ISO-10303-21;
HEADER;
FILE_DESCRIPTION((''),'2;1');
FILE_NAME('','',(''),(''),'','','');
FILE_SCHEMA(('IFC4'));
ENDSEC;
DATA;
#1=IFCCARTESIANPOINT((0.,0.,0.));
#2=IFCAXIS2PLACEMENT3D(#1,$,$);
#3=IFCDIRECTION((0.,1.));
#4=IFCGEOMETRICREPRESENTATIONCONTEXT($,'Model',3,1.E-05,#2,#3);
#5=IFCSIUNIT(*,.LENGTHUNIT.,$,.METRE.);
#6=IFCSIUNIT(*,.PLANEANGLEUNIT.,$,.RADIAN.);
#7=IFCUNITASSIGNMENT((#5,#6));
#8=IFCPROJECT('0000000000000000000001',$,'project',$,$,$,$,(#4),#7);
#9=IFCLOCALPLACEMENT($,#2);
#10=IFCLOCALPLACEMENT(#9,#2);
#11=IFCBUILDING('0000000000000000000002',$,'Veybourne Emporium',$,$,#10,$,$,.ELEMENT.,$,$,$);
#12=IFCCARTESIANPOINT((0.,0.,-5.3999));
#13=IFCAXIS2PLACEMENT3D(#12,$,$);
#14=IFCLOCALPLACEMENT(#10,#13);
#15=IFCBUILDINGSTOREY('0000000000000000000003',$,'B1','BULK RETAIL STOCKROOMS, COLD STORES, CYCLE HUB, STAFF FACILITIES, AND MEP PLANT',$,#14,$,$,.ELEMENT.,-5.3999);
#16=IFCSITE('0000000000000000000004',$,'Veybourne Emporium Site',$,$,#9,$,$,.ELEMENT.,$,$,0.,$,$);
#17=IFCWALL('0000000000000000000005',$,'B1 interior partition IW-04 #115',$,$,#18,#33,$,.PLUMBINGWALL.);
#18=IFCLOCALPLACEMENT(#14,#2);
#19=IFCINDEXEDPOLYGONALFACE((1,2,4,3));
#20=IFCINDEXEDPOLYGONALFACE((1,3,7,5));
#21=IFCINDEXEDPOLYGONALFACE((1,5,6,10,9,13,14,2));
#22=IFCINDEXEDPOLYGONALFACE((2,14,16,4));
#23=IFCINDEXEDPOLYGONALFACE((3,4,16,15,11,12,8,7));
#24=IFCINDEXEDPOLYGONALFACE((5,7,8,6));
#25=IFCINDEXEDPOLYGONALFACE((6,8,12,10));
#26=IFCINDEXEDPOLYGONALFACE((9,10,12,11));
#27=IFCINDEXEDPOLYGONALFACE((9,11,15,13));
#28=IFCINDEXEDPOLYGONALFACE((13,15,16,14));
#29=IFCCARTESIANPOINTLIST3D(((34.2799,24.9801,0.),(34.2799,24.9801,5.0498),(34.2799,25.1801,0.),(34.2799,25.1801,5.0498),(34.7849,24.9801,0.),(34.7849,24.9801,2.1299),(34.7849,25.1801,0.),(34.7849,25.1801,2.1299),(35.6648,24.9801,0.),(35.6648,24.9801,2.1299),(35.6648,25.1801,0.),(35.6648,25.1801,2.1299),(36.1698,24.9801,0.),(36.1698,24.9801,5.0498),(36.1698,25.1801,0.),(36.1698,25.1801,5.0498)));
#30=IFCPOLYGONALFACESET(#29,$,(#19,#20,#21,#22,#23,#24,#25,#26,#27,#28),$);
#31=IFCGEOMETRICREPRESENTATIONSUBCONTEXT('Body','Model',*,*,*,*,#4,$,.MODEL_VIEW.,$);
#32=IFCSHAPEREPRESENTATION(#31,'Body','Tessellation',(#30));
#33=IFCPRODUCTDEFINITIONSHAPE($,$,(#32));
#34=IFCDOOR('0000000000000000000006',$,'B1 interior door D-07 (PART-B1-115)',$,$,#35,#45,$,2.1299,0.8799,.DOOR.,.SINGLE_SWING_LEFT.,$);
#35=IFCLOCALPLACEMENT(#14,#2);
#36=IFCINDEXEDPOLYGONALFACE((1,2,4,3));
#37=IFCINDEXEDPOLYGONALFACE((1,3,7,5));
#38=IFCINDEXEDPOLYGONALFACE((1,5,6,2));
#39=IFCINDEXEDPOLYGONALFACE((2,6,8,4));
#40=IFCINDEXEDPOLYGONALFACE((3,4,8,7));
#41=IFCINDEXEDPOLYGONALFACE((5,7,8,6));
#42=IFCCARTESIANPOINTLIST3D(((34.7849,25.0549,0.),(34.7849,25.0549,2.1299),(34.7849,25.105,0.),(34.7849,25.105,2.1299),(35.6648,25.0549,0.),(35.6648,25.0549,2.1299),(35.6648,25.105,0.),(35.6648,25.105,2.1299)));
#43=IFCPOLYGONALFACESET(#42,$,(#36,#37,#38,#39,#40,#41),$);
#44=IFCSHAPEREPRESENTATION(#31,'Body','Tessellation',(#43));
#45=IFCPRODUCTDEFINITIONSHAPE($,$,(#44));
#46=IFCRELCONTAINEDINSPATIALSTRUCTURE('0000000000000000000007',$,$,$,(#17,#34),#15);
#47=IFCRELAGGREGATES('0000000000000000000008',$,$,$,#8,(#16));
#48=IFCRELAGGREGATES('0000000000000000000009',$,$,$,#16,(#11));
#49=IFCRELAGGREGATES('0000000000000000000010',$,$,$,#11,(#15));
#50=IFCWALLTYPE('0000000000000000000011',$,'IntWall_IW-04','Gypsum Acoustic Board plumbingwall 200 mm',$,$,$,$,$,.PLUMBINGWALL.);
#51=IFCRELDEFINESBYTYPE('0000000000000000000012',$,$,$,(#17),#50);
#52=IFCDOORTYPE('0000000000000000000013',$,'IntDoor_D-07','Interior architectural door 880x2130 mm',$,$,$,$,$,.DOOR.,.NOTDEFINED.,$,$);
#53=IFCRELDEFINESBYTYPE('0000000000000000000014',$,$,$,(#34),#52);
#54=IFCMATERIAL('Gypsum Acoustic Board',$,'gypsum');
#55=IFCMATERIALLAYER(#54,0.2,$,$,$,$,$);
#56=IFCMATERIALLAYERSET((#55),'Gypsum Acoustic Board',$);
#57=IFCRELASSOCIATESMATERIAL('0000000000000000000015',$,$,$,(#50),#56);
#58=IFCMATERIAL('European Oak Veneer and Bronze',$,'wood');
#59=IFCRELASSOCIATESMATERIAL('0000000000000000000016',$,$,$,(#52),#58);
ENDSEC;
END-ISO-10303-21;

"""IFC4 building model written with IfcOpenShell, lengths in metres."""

from ifc_helpers import new_model, si_unit, direction, frame, frame_2d, origin, place, context, subcontext, project, spatial, rectangle, extrude, material, layer, layer_set, type_object, element, fill, save


model = new_model("IFC4")

# Units and contexts
model_context = context("Model", 3, precision=1e-05, world=origin(), true_north=direction((0.0, 1.0)))
body_context = subcontext(model_context, "Body", "Model", "MODEL_VIEW")
ifc_project = project(units=[si_unit("LENGTHUNIT", "METRE"), si_unit("PLANEANGLEUNIT", "RADIAN")], contexts=[model_context])

# Site, building, storey
site_placement = place(None, origin())
site = spatial("IfcSite", under=ifc_project, at=site_placement, Name="Veybourne Emporium Site", CompositionType="ELEMENT", RefElevation=0.0)
building_placement = place(site_placement, origin())
building = spatial("IfcBuilding", under=site, at=building_placement, Name="Veybourne Emporium", CompositionType="ELEMENT")
storey_placement = place(building_placement, frame((0.0, 0.0, -5.3999)))
storey = spatial("IfcBuildingStorey", under=building, at=storey_placement, Name="B1", Description="BULK RETAIL STOCKROOMS, COLD STORES, CYCLE HUB, STAFF FACILITIES, AND MEP PLANT", CompositionType="ELEMENT", Elevation=-5.3999)

# Wall, opening, door
ifc_material_1 = material(Name="Gypsum Acoustic Board", Category="gypsum")
ifc_material_2 = material(Name="European Oak Veneer and Bronze", Category="wood")
ifc_layer_1 = layer(ifc_material_1, 0.2)
ifc_layer_set_1 = layer_set([ifc_layer_1], Name="Gypsum Acoustic Board")
wall_type_1 = type_object("IfcWallType", Name="IntWall_IW-04", Description="Gypsum Acoustic Board plumbingwall 200 mm", PredefinedType="PLUMBINGWALL", material=ifc_layer_set_1)
wall_1_placement = place(storey_placement, frame((34.28, 25.0801, 0.0), z_axis=(0.0, 0.0, 1.0), x_axis=(1.0, 0.0, 0.0)))
wall_1 = element("IfcWall", 1, at=wall_1_placement, inside=storey, type_object=wall_type_1, Name="B1 interior partition IW-04 #115", PredefinedType="PLUMBINGWALL", context=body_context, shape_type="SweptSolid", body=[
    extrude(rectangle(XDim=1.8899, YDim=0.2, at=frame_2d((0.9448, 0.0))), origin(), (0.0, 0.0, 1.0), 5.0498),
])
opening_1_placement = place(wall_1_placement, frame((0.5049, 0.0, 0.0)))
opening_1 = element("IfcOpeningElement", 2, at=opening_1_placement, cuts=wall_1, PredefinedType="OPENING", context=body_context, shape_type="SweptSolid", body=[
    extrude(rectangle(XDim=0.8799, YDim=2.1299, at=frame_2d((0.4399, 1.0649))), frame((0.0, 0.1201, 0.0), z_axis=(0.0, -1.0, 0.0), x_axis=(1.0, 0.0, 0.0)), (0.0, 0.0, 1.0), 0.24),
])
door_type_1 = type_object("IfcDoorType", Name="IntDoor_D-07", Description="Interior architectural door 880x2130 mm", OperationType="NOTDEFINED", PredefinedType="DOOR", material=ifc_material_2)
door_1_placement = place(opening_1_placement, origin())
door_1 = element("IfcDoor", 3, at=door_1_placement, inside=storey, type_object=door_type_1, Name="B1 interior door D-07 (PART-B1-115)", OperationType="SINGLE_SWING_LEFT", OverallHeight=2.1299, OverallWidth=0.8799, PredefinedType="DOOR", context=body_context, shape_type="SweptSolid", body=[
    extrude(rectangle(XDim=0.8799, YDim=2.1299, at=frame_2d((0.4399, 1.0649))), frame((0.0, 0.0249, 0.0), z_axis=(0.0, -1.0, 0.0), x_axis=(1.0, 0.0, 0.0)), (0.0, 0.0, 1.0), 0.05),
])
fill(opening_1, door_1)

save(model, "model.ifc")
